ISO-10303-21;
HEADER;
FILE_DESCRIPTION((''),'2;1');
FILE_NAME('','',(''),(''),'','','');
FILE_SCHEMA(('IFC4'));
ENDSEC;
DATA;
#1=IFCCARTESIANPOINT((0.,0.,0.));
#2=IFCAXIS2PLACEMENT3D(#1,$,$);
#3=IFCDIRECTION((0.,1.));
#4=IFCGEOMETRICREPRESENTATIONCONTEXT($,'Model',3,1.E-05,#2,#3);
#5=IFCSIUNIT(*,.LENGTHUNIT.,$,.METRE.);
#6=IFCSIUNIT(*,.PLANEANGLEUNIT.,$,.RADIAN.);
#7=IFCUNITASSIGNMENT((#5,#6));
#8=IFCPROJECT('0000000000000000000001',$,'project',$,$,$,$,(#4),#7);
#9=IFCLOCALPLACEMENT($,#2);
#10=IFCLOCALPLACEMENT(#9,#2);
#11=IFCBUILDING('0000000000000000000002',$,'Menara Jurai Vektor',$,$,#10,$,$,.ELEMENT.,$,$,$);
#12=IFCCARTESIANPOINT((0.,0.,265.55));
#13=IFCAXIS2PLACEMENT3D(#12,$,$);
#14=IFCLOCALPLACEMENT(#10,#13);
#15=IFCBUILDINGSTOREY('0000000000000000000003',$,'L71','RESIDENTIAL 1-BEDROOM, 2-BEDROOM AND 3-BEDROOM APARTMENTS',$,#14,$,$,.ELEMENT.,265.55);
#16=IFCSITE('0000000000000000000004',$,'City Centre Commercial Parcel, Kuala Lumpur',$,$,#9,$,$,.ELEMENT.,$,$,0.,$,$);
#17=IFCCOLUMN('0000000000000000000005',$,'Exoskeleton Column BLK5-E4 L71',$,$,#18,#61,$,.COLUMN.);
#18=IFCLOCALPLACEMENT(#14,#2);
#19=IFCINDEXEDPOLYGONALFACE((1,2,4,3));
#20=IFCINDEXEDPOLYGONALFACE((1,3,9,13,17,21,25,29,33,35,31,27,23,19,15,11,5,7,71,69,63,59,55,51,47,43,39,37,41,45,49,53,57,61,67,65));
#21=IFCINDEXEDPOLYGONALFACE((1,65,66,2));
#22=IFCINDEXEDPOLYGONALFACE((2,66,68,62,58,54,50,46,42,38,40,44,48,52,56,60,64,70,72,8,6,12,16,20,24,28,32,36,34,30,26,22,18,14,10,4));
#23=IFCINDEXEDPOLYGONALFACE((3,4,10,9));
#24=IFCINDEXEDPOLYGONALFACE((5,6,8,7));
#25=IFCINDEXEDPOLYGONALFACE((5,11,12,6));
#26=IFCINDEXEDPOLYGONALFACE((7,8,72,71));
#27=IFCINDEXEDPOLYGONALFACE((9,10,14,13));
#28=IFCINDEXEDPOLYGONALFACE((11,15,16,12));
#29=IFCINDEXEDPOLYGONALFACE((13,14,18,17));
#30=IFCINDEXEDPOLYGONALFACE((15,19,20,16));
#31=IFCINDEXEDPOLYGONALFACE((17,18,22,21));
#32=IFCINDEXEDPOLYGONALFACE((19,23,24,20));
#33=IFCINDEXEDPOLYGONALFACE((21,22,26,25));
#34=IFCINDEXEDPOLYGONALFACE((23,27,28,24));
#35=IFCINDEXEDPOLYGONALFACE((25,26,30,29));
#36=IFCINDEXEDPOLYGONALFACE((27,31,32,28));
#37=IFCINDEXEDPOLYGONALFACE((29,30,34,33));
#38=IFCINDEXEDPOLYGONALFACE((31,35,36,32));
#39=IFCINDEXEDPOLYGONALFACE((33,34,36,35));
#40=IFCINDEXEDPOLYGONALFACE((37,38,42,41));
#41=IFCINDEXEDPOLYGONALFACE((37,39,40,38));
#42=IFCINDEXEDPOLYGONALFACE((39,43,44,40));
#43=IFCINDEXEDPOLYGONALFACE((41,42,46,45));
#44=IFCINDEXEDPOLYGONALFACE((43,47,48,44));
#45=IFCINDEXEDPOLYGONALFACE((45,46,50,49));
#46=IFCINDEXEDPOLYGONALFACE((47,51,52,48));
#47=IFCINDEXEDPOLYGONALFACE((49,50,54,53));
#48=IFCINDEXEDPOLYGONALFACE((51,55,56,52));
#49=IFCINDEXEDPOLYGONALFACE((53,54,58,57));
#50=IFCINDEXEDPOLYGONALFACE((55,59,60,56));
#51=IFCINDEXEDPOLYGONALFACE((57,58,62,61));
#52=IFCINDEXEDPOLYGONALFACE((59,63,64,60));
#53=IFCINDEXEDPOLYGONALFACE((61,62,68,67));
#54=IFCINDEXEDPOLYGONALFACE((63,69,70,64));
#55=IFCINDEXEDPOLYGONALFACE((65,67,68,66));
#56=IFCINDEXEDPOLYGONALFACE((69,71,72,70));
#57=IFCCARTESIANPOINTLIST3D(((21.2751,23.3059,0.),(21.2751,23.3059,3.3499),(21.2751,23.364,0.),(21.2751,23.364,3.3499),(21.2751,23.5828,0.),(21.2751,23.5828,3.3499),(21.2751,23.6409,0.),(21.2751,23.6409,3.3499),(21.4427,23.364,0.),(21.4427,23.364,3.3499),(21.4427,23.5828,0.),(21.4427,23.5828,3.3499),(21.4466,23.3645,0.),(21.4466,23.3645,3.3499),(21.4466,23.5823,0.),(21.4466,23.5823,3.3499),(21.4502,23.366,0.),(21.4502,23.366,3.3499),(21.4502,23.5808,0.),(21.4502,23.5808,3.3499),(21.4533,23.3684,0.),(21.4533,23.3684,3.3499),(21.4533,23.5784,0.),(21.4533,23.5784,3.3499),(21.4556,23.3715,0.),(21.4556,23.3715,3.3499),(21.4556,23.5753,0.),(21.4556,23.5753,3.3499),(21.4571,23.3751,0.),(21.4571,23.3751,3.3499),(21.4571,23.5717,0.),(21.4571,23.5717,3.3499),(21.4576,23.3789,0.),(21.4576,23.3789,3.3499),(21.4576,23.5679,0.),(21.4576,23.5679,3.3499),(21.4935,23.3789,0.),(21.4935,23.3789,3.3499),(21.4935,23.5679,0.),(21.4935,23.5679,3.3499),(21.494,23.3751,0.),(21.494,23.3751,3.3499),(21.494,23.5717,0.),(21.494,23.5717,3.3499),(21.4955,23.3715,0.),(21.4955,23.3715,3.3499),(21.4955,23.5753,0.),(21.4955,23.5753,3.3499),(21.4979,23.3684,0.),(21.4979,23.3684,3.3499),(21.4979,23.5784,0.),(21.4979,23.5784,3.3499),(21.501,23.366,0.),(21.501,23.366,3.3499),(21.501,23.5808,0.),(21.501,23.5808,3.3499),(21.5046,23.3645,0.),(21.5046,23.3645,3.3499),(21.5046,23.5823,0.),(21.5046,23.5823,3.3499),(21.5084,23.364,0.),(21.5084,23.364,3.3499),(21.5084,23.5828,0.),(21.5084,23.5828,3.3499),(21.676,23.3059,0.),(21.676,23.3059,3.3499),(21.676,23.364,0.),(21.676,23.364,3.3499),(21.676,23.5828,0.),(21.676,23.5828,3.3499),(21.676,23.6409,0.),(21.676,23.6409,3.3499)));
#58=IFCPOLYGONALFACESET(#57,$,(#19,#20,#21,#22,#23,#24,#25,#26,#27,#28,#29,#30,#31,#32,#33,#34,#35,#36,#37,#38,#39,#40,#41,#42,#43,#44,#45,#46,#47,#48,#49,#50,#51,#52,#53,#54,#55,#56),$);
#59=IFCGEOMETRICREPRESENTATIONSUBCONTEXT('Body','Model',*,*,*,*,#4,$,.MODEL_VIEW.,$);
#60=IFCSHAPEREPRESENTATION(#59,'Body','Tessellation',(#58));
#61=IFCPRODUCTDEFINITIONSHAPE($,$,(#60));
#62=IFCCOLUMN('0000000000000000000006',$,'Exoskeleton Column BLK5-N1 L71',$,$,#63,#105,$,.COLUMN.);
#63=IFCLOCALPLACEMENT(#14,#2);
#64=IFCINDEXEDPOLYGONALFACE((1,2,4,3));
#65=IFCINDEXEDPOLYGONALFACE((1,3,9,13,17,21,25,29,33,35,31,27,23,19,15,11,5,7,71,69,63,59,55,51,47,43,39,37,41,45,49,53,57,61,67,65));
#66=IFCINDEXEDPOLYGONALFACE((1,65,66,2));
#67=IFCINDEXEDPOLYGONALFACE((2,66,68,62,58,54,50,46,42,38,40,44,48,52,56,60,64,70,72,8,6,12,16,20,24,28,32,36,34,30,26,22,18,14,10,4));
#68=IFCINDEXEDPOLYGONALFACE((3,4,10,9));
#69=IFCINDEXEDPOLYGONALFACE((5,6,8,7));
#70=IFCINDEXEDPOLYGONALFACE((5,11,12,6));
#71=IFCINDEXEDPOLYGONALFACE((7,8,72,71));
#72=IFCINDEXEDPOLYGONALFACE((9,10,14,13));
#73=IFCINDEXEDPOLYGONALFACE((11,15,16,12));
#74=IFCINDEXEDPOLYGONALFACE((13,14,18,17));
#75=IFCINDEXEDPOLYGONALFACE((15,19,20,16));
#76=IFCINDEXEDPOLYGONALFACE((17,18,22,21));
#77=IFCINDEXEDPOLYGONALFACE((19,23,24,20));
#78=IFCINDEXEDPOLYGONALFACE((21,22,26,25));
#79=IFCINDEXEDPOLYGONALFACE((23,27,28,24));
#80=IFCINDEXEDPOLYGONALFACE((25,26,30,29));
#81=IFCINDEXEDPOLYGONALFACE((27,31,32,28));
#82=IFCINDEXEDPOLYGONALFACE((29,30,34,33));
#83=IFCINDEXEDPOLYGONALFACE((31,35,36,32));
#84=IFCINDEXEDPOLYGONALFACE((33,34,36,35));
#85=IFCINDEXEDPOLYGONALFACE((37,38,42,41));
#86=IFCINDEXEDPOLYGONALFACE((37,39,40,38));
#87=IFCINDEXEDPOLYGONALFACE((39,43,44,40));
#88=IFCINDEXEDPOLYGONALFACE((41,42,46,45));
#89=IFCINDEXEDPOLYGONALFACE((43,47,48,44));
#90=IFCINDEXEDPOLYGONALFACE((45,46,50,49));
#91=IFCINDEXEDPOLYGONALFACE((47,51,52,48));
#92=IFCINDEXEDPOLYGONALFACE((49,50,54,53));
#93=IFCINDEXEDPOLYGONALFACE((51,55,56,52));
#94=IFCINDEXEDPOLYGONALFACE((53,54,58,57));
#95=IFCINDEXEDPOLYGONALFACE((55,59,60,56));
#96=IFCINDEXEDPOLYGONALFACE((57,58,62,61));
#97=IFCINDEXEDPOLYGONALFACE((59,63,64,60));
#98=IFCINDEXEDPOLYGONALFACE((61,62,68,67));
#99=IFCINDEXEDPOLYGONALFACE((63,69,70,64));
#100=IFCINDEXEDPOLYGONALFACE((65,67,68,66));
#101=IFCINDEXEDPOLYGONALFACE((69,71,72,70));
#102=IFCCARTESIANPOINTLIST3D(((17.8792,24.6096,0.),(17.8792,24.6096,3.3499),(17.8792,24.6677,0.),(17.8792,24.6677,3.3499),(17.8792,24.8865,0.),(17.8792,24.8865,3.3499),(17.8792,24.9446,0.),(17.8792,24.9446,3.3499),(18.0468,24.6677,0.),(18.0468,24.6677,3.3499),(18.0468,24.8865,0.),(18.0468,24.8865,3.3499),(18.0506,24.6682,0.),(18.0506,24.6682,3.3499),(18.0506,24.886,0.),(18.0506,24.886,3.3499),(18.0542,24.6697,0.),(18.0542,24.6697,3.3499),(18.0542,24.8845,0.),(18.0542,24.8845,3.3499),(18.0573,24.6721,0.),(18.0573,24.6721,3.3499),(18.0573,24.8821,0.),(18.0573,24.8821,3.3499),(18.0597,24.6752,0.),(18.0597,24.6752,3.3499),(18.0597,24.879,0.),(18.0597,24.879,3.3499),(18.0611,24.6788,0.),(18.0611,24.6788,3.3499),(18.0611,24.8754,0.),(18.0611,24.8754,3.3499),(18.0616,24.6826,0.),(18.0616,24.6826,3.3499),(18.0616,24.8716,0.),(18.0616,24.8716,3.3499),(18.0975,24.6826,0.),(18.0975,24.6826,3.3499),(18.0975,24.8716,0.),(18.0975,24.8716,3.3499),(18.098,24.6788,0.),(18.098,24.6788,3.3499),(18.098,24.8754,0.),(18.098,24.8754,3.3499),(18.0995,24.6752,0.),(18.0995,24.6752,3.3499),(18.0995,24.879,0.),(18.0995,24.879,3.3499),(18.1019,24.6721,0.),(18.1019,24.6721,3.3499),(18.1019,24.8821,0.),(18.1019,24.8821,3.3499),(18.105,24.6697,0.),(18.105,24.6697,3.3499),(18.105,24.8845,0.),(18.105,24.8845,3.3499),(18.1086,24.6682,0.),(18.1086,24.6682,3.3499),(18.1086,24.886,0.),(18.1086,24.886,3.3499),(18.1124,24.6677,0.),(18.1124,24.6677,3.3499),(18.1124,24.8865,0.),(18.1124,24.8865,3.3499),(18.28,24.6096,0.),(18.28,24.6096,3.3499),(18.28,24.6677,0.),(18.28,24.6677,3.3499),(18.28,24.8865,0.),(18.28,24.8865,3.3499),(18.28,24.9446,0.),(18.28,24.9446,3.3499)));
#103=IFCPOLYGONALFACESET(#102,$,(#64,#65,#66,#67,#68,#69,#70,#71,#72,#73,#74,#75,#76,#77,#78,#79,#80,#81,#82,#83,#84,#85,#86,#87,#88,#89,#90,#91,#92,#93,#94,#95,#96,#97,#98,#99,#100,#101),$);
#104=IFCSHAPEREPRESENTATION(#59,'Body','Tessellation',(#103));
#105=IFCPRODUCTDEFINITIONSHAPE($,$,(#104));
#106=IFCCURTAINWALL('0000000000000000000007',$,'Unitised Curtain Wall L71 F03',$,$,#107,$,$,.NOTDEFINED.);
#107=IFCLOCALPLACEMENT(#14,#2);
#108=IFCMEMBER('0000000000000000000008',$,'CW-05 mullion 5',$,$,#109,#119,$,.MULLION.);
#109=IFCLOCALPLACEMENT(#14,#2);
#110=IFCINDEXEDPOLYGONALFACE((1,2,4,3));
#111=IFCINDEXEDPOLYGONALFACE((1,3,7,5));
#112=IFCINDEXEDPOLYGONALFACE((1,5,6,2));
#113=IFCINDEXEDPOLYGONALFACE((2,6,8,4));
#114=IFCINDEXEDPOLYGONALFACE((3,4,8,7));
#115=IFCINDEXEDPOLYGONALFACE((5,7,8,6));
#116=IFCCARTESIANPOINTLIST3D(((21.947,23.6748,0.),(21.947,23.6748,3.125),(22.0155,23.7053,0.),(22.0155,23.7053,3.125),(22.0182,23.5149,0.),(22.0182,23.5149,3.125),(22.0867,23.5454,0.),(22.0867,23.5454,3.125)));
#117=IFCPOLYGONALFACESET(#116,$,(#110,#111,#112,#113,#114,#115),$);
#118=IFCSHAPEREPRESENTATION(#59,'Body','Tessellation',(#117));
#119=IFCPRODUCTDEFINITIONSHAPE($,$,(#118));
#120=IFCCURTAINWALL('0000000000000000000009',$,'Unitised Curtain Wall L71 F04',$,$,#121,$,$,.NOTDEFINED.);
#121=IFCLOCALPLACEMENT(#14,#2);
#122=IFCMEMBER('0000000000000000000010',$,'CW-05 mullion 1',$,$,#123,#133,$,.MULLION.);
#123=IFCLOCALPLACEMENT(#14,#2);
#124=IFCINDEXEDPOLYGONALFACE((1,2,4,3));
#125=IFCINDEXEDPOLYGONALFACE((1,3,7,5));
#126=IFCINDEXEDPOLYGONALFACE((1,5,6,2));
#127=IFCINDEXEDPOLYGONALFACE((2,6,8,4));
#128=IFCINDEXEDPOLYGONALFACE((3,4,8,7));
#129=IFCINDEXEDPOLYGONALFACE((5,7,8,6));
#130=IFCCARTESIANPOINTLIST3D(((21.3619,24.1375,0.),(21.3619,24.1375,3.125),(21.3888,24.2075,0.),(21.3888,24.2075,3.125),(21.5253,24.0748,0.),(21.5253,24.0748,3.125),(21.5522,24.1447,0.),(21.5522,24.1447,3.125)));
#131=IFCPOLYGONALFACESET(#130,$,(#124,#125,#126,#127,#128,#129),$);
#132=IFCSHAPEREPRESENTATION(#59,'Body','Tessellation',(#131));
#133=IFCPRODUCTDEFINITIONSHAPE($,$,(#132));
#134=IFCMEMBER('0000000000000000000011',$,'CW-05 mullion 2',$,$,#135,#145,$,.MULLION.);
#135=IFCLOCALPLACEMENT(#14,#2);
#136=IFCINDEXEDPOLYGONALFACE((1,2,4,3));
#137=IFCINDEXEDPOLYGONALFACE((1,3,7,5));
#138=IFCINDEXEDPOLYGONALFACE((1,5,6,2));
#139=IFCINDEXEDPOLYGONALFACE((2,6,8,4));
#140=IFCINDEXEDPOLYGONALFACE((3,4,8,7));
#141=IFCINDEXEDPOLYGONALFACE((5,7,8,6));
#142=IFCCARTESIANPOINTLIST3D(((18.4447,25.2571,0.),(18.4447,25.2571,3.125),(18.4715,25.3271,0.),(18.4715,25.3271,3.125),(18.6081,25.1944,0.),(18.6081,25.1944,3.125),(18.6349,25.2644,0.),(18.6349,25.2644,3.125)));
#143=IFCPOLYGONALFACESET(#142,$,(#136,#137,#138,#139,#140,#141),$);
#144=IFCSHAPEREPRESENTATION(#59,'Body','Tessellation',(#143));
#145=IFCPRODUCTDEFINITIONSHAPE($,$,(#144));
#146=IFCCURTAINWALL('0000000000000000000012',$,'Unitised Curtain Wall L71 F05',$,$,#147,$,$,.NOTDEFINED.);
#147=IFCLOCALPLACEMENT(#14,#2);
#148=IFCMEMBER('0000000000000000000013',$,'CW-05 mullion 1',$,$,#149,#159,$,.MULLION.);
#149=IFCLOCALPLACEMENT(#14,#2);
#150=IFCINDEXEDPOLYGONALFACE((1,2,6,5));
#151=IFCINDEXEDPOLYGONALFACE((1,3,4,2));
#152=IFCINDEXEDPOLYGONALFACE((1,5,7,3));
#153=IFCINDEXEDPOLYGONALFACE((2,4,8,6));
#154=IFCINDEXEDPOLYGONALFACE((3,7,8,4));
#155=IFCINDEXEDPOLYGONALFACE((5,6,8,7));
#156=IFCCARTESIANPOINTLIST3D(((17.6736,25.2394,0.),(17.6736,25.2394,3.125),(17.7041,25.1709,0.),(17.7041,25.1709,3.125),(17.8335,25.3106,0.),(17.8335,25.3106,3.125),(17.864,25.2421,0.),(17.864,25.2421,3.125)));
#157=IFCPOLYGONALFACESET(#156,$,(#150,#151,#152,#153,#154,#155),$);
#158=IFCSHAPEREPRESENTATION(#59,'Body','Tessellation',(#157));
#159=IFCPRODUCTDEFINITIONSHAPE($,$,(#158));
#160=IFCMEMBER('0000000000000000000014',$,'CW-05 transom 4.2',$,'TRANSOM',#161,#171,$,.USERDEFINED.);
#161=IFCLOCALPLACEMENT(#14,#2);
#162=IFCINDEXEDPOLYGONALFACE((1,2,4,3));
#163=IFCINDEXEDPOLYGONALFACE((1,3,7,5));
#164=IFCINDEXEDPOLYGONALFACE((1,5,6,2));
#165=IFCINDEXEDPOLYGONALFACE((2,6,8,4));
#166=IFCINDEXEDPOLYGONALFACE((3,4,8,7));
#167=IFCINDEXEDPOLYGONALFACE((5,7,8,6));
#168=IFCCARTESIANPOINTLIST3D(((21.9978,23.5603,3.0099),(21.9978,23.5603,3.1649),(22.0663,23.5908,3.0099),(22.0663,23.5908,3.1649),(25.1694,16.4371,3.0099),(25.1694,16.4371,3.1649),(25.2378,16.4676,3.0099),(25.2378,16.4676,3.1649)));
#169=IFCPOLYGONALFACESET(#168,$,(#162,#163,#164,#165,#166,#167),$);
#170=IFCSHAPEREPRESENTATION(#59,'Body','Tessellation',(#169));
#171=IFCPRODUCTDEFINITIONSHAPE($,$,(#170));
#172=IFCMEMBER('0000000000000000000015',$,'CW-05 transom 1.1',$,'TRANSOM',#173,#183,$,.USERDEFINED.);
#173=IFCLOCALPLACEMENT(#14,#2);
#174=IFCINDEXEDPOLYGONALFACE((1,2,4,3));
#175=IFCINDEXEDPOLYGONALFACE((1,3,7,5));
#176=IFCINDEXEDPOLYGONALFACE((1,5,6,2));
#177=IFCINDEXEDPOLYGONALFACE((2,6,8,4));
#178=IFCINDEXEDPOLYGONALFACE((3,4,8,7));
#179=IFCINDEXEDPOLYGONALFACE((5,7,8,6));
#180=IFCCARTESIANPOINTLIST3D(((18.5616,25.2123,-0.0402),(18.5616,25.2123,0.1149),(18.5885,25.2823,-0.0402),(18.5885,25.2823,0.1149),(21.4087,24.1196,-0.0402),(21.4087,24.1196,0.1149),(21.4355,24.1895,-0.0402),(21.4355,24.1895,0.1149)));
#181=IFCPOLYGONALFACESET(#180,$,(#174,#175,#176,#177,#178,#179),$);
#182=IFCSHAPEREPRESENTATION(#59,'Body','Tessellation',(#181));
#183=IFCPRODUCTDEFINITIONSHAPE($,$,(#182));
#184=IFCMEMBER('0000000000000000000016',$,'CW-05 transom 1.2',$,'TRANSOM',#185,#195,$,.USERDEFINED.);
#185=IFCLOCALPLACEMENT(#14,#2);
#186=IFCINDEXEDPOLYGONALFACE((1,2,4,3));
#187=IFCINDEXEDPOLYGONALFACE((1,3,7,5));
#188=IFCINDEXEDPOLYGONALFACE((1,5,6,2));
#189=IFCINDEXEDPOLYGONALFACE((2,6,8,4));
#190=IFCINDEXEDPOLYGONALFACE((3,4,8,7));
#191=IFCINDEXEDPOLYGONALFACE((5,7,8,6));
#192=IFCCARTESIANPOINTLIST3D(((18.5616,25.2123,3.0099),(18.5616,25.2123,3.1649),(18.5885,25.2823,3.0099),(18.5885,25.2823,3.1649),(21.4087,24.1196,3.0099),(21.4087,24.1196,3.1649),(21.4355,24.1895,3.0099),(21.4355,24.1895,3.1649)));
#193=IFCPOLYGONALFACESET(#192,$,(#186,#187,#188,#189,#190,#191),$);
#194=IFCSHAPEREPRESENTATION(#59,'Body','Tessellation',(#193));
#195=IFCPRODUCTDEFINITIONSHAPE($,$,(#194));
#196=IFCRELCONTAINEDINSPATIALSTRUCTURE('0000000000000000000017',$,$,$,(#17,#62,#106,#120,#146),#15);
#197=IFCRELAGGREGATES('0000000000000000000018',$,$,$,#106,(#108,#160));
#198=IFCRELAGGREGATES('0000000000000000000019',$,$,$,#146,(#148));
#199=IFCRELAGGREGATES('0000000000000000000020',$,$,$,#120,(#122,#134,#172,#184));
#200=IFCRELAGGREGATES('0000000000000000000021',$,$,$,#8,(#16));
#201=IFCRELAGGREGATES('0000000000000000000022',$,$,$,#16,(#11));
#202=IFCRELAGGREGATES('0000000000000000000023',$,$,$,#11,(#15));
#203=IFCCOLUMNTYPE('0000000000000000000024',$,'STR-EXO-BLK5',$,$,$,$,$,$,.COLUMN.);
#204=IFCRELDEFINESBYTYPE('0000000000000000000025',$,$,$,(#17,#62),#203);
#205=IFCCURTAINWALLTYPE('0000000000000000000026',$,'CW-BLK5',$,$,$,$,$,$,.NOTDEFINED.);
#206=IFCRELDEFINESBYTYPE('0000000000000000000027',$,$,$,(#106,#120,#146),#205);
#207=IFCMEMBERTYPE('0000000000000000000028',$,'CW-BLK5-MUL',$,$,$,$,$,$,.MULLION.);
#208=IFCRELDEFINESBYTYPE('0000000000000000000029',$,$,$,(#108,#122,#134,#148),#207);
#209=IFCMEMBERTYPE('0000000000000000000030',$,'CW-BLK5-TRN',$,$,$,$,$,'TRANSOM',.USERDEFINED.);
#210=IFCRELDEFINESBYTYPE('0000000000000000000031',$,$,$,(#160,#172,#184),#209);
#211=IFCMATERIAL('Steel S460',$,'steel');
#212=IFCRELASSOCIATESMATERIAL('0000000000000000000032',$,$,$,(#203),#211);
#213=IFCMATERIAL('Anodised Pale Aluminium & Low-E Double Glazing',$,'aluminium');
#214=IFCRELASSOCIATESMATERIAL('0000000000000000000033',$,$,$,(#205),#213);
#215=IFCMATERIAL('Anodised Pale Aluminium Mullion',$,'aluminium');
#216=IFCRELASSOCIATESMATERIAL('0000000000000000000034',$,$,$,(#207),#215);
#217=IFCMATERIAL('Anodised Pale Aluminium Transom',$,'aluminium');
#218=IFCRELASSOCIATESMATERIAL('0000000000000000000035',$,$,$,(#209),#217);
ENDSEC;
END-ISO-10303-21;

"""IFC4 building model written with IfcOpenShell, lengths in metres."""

from ifc_helpers import new_model, si_unit, direction, frame, origin, origin_2d, place, context, subcontext, project, spatial, rectangle, i_section, extrude, material, material_profile, profile_set, type_object, element, aggregate, save


model = new_model("IFC4")

# Units and contexts
model_context = context("Model", 3, precision=1e-05, world=origin(), true_north=direction((0.0, 1.0)))
body_context = subcontext(model_context, "Body", "Model", "MODEL_VIEW")
ifc_project = project(units=[si_unit("LENGTHUNIT", "METRE"), si_unit("PLANEANGLEUNIT", "RADIAN")], contexts=[model_context])

# Site, building, storey
site_placement = place(None, origin())
site = spatial("IfcSite", under=ifc_project, at=site_placement, Name="City Centre Commercial Parcel, Kuala Lumpur", CompositionType="ELEMENT", RefElevation=0.0)
building_placement = place(site_placement, origin())
building = spatial("IfcBuilding", under=site, at=building_placement, Name="Menara Jurai Vektor", CompositionType="ELEMENT")
storey_placement = place(building_placement, frame((0.0, 0.0, 265.55)))
storey = spatial("IfcBuildingStorey", under=building, at=storey_placement, Name="L71", Description="RESIDENTIAL 1-BEDROOM, 2-BEDROOM AND 3-BEDROOM APARTMENTS", CompositionType="ELEMENT", Elevation=265.55)

# Columns
ifc_material_1 = material(Name="Steel S460", Category="steel")
ifc_material_profile_1 = material_profile(ifc_material_1, i_section(OverallWidth=0.4009, OverallDepth=0.335, WebThickness=0.0359, FlangeThickness=0.0581, FilletRadius=0.0149, at=origin_2d()), Name="HD 400x463")
ifc_profile_set_1 = profile_set([ifc_material_profile_1], Name="Steel S460")
column_type = type_object("IfcColumnType", Name="STR-EXO-BLK5", PredefinedType="COLUMN", material=ifc_profile_set_1)
for number, where, z_axis, x_axis, name in (
    (1, (21.4756, 23.4734, 0.0), (0.0, 0.0, 1.0), (1.0, 0.0, 0.0), "Exoskeleton Column BLK5-E4 L71"),
    (2, (18.0796, 24.7771, 0.0), (0.0, 0.0, 1.0), (1.0, 0.0, 0.0), "Exoskeleton Column BLK5-N1 L71"),
):
    element("IfcColumn", number, at=place(storey_placement, frame(where, z_axis=z_axis, x_axis=x_axis)), inside=storey, type_object=column_type, Name=name, PredefinedType="COLUMN", context=body_context, shape_type="SweptSolid", body=[
        extrude(i_section(OverallWidth=0.4009, OverallDepth=0.335, WebThickness=0.0359, FlangeThickness=0.0581, FilletRadius=0.0149, at=origin_2d()), origin(), (0.0, 0.0, 1.0), 3.3499),
    ])

# Curtain wall, member
ifc_material_2 = material(Name="Anodised Pale Aluminium & Low-E Double Glazing", Category="aluminium")
curtain_wall_type = type_object("IfcCurtainWallType", Name="CW-BLK5", PredefinedType="NOTDEFINED", material=ifc_material_2)
curtain_wall_1_placement = place(storey_placement, origin())
curtain_wall_1 = element("IfcCurtainWall", 3, at=curtain_wall_1_placement, inside=storey, type_object=curtain_wall_type, Name="Unitised Curtain Wall L71 F03", PredefinedType="NOTDEFINED")
ifc_material_3 = material(Name="Anodised Pale Aluminium Mullion", Category="aluminium")
ifc_material_profile_2 = material_profile(ifc_material_3, rectangle(XDim=0.075, YDim=0.175, at=origin_2d()), Name="ALU MUL 75x175")
ifc_profile_set_2 = profile_set([ifc_material_profile_2], Name="Anodised Pale Aluminium Mullion")
member_type_1 = type_object("IfcMemberType", Name="CW-BLK5-MUL", PredefinedType="MULLION", material=ifc_profile_set_2)
member_1_placement = place(storey_placement, frame((22.0168, 23.6101, 0.0), z_axis=(0.0, 0.0, 1.0), x_axis=(-0.913546, -0.406735, 0.0)))
member_1 = element("IfcMember", 4, at=member_1_placement, type_object=member_type_1, Name="CW-05 mullion 5", PredefinedType="MULLION", context=body_context, shape_type="SweptSolid", body=[
    extrude(rectangle(XDim=0.075, YDim=0.175, at=origin_2d()), origin(), (0.0, 0.0, 1.0), 3.125),
])

# Curtain wall, members
curtain_wall_2_placement = place(storey_placement, origin())
curtain_wall_2 = element("IfcCurtainWall", 5, at=curtain_wall_2_placement, inside=storey, type_object=curtain_wall_type, Name="Unitised Curtain Wall L71 F04", PredefinedType="NOTDEFINED")
member_2_placement = place(storey_placement, frame((21.457, 24.1411, 0.0), z_axis=(0.0, 0.0, 1.0), x_axis=(-0.358374, -0.933578, 0.0)))
member_2 = element("IfcMember", 6, at=member_2_placement, type_object=member_type_1, Name="CW-05 mullion 1", PredefinedType="MULLION", context=body_context, shape_type="SweptSolid", body=[
    extrude(rectangle(XDim=0.075, YDim=0.175, at=origin_2d()), origin(), (0.0, 0.0, 1.0), 3.125),
])
member_3_placement = place(storey_placement, frame((18.5398, 25.2607, 0.0), z_axis=(0.0, 0.0, 1.0), x_axis=(-0.358374, -0.933578, 0.0)))
member_3 = element("IfcMember", 7, at=member_3_placement, type_object=member_type_1, Name="CW-05 mullion 2", PredefinedType="MULLION", context=body_context, shape_type="SweptSolid", body=[
    extrude(rectangle(XDim=0.075, YDim=0.175, at=origin_2d()), origin(), (0.0, 0.0, 1.0), 3.125),
])

# Curtain wall, member
curtain_wall_3_placement = place(storey_placement, origin())
curtain_wall_3 = element("IfcCurtainWall", 8, at=curtain_wall_3_placement, inside=storey, type_object=curtain_wall_type, Name="Unitised Curtain Wall L71 F05", PredefinedType="NOTDEFINED")
member_4_placement = place(storey_placement, frame((17.7688, 25.2407, 0.0), z_axis=(0.0, 0.0, 1.0), x_axis=(0.406735, -0.913546, 0.0)))
member_4 = element("IfcMember", 9, at=member_4_placement, type_object=member_type_1, Name="CW-05 mullion 1", PredefinedType="MULLION", context=body_context, shape_type="SweptSolid", body=[
    extrude(rectangle(XDim=0.075, YDim=0.175, at=origin_2d()), origin(), (0.0, 0.0, 1.0), 3.125),
])

# Members
ifc_material_4 = material(Name="Anodised Pale Aluminium Transom", Category="aluminium")
ifc_material_profile_3 = material_profile(ifc_material_4, rectangle(XDim=0.075, YDim=0.155, at=origin_2d()), Name="ALU TRN 75x155")
ifc_profile_set_3 = profile_set([ifc_material_profile_3], Name="Anodised Pale Aluminium Transom")
member_type_2 = type_object("IfcMemberType", Name="CW-BLK5-TRN", ElementType="TRANSOM", PredefinedType="USERDEFINED", material=ifc_profile_set_3)
member_5_placement = place(storey_placement, frame((25.2036, 16.4524, 3.0874), z_axis=(-0.406751, 0.913539, 0.0), x_axis=(-0.913539, -0.406751, 0.0)))
member_5 = element("IfcMember", 10, at=member_5_placement, type_object=member_type_2, Name="CW-05 transom 4.2", ObjectType="TRANSOM", PredefinedType="USERDEFINED", context=body_context, shape_type="SweptSolid", body=[
    extrude(rectangle(XDim=0.075, YDim=0.155, at=origin_2d()), origin(), (0.0, 0.0, 1.0), 7.7974),
])
member_6_placement = place(storey_placement, frame((21.4221, 24.1545, 0.0374), z_axis=(-0.933597, 0.358325, 0.0), x_axis=(-0.358325, -0.933597, 0.0)))
member_6 = element("IfcMember", 11, at=member_6_placement, type_object=member_type_2, Name="CW-05 transom 1.1", ObjectType="TRANSOM", PredefinedType="USERDEFINED", context=body_context, shape_type="SweptSolid", body=[
    extrude(rectangle(XDim=0.075, YDim=0.155, at=origin_2d()), origin(), (0.0, 0.0, 1.0), 3.0496),
])
member_7_placement = place(storey_placement, frame((21.4221, 24.1545, 3.0874), z_axis=(-0.933597, 0.358325, 0.0), x_axis=(-0.358325, -0.933597, 0.0)))
member_7 = element("IfcMember", 12, at=member_7_placement, type_object=member_type_2, Name="CW-05 transom 1.2", ObjectType="TRANSOM", PredefinedType="USERDEFINED", context=body_context, shape_type="SweptSolid", body=[
    extrude(rectangle(XDim=0.075, YDim=0.155, at=origin_2d()), origin(), (0.0, 0.0, 1.0), 3.0496),
])

aggregate(curtain_wall_1, [member_1, member_5])
aggregate(curtain_wall_3, [member_4])
aggregate(curtain_wall_2, [member_2, member_3, member_6, member_7])

save(model, "model.ifc")
